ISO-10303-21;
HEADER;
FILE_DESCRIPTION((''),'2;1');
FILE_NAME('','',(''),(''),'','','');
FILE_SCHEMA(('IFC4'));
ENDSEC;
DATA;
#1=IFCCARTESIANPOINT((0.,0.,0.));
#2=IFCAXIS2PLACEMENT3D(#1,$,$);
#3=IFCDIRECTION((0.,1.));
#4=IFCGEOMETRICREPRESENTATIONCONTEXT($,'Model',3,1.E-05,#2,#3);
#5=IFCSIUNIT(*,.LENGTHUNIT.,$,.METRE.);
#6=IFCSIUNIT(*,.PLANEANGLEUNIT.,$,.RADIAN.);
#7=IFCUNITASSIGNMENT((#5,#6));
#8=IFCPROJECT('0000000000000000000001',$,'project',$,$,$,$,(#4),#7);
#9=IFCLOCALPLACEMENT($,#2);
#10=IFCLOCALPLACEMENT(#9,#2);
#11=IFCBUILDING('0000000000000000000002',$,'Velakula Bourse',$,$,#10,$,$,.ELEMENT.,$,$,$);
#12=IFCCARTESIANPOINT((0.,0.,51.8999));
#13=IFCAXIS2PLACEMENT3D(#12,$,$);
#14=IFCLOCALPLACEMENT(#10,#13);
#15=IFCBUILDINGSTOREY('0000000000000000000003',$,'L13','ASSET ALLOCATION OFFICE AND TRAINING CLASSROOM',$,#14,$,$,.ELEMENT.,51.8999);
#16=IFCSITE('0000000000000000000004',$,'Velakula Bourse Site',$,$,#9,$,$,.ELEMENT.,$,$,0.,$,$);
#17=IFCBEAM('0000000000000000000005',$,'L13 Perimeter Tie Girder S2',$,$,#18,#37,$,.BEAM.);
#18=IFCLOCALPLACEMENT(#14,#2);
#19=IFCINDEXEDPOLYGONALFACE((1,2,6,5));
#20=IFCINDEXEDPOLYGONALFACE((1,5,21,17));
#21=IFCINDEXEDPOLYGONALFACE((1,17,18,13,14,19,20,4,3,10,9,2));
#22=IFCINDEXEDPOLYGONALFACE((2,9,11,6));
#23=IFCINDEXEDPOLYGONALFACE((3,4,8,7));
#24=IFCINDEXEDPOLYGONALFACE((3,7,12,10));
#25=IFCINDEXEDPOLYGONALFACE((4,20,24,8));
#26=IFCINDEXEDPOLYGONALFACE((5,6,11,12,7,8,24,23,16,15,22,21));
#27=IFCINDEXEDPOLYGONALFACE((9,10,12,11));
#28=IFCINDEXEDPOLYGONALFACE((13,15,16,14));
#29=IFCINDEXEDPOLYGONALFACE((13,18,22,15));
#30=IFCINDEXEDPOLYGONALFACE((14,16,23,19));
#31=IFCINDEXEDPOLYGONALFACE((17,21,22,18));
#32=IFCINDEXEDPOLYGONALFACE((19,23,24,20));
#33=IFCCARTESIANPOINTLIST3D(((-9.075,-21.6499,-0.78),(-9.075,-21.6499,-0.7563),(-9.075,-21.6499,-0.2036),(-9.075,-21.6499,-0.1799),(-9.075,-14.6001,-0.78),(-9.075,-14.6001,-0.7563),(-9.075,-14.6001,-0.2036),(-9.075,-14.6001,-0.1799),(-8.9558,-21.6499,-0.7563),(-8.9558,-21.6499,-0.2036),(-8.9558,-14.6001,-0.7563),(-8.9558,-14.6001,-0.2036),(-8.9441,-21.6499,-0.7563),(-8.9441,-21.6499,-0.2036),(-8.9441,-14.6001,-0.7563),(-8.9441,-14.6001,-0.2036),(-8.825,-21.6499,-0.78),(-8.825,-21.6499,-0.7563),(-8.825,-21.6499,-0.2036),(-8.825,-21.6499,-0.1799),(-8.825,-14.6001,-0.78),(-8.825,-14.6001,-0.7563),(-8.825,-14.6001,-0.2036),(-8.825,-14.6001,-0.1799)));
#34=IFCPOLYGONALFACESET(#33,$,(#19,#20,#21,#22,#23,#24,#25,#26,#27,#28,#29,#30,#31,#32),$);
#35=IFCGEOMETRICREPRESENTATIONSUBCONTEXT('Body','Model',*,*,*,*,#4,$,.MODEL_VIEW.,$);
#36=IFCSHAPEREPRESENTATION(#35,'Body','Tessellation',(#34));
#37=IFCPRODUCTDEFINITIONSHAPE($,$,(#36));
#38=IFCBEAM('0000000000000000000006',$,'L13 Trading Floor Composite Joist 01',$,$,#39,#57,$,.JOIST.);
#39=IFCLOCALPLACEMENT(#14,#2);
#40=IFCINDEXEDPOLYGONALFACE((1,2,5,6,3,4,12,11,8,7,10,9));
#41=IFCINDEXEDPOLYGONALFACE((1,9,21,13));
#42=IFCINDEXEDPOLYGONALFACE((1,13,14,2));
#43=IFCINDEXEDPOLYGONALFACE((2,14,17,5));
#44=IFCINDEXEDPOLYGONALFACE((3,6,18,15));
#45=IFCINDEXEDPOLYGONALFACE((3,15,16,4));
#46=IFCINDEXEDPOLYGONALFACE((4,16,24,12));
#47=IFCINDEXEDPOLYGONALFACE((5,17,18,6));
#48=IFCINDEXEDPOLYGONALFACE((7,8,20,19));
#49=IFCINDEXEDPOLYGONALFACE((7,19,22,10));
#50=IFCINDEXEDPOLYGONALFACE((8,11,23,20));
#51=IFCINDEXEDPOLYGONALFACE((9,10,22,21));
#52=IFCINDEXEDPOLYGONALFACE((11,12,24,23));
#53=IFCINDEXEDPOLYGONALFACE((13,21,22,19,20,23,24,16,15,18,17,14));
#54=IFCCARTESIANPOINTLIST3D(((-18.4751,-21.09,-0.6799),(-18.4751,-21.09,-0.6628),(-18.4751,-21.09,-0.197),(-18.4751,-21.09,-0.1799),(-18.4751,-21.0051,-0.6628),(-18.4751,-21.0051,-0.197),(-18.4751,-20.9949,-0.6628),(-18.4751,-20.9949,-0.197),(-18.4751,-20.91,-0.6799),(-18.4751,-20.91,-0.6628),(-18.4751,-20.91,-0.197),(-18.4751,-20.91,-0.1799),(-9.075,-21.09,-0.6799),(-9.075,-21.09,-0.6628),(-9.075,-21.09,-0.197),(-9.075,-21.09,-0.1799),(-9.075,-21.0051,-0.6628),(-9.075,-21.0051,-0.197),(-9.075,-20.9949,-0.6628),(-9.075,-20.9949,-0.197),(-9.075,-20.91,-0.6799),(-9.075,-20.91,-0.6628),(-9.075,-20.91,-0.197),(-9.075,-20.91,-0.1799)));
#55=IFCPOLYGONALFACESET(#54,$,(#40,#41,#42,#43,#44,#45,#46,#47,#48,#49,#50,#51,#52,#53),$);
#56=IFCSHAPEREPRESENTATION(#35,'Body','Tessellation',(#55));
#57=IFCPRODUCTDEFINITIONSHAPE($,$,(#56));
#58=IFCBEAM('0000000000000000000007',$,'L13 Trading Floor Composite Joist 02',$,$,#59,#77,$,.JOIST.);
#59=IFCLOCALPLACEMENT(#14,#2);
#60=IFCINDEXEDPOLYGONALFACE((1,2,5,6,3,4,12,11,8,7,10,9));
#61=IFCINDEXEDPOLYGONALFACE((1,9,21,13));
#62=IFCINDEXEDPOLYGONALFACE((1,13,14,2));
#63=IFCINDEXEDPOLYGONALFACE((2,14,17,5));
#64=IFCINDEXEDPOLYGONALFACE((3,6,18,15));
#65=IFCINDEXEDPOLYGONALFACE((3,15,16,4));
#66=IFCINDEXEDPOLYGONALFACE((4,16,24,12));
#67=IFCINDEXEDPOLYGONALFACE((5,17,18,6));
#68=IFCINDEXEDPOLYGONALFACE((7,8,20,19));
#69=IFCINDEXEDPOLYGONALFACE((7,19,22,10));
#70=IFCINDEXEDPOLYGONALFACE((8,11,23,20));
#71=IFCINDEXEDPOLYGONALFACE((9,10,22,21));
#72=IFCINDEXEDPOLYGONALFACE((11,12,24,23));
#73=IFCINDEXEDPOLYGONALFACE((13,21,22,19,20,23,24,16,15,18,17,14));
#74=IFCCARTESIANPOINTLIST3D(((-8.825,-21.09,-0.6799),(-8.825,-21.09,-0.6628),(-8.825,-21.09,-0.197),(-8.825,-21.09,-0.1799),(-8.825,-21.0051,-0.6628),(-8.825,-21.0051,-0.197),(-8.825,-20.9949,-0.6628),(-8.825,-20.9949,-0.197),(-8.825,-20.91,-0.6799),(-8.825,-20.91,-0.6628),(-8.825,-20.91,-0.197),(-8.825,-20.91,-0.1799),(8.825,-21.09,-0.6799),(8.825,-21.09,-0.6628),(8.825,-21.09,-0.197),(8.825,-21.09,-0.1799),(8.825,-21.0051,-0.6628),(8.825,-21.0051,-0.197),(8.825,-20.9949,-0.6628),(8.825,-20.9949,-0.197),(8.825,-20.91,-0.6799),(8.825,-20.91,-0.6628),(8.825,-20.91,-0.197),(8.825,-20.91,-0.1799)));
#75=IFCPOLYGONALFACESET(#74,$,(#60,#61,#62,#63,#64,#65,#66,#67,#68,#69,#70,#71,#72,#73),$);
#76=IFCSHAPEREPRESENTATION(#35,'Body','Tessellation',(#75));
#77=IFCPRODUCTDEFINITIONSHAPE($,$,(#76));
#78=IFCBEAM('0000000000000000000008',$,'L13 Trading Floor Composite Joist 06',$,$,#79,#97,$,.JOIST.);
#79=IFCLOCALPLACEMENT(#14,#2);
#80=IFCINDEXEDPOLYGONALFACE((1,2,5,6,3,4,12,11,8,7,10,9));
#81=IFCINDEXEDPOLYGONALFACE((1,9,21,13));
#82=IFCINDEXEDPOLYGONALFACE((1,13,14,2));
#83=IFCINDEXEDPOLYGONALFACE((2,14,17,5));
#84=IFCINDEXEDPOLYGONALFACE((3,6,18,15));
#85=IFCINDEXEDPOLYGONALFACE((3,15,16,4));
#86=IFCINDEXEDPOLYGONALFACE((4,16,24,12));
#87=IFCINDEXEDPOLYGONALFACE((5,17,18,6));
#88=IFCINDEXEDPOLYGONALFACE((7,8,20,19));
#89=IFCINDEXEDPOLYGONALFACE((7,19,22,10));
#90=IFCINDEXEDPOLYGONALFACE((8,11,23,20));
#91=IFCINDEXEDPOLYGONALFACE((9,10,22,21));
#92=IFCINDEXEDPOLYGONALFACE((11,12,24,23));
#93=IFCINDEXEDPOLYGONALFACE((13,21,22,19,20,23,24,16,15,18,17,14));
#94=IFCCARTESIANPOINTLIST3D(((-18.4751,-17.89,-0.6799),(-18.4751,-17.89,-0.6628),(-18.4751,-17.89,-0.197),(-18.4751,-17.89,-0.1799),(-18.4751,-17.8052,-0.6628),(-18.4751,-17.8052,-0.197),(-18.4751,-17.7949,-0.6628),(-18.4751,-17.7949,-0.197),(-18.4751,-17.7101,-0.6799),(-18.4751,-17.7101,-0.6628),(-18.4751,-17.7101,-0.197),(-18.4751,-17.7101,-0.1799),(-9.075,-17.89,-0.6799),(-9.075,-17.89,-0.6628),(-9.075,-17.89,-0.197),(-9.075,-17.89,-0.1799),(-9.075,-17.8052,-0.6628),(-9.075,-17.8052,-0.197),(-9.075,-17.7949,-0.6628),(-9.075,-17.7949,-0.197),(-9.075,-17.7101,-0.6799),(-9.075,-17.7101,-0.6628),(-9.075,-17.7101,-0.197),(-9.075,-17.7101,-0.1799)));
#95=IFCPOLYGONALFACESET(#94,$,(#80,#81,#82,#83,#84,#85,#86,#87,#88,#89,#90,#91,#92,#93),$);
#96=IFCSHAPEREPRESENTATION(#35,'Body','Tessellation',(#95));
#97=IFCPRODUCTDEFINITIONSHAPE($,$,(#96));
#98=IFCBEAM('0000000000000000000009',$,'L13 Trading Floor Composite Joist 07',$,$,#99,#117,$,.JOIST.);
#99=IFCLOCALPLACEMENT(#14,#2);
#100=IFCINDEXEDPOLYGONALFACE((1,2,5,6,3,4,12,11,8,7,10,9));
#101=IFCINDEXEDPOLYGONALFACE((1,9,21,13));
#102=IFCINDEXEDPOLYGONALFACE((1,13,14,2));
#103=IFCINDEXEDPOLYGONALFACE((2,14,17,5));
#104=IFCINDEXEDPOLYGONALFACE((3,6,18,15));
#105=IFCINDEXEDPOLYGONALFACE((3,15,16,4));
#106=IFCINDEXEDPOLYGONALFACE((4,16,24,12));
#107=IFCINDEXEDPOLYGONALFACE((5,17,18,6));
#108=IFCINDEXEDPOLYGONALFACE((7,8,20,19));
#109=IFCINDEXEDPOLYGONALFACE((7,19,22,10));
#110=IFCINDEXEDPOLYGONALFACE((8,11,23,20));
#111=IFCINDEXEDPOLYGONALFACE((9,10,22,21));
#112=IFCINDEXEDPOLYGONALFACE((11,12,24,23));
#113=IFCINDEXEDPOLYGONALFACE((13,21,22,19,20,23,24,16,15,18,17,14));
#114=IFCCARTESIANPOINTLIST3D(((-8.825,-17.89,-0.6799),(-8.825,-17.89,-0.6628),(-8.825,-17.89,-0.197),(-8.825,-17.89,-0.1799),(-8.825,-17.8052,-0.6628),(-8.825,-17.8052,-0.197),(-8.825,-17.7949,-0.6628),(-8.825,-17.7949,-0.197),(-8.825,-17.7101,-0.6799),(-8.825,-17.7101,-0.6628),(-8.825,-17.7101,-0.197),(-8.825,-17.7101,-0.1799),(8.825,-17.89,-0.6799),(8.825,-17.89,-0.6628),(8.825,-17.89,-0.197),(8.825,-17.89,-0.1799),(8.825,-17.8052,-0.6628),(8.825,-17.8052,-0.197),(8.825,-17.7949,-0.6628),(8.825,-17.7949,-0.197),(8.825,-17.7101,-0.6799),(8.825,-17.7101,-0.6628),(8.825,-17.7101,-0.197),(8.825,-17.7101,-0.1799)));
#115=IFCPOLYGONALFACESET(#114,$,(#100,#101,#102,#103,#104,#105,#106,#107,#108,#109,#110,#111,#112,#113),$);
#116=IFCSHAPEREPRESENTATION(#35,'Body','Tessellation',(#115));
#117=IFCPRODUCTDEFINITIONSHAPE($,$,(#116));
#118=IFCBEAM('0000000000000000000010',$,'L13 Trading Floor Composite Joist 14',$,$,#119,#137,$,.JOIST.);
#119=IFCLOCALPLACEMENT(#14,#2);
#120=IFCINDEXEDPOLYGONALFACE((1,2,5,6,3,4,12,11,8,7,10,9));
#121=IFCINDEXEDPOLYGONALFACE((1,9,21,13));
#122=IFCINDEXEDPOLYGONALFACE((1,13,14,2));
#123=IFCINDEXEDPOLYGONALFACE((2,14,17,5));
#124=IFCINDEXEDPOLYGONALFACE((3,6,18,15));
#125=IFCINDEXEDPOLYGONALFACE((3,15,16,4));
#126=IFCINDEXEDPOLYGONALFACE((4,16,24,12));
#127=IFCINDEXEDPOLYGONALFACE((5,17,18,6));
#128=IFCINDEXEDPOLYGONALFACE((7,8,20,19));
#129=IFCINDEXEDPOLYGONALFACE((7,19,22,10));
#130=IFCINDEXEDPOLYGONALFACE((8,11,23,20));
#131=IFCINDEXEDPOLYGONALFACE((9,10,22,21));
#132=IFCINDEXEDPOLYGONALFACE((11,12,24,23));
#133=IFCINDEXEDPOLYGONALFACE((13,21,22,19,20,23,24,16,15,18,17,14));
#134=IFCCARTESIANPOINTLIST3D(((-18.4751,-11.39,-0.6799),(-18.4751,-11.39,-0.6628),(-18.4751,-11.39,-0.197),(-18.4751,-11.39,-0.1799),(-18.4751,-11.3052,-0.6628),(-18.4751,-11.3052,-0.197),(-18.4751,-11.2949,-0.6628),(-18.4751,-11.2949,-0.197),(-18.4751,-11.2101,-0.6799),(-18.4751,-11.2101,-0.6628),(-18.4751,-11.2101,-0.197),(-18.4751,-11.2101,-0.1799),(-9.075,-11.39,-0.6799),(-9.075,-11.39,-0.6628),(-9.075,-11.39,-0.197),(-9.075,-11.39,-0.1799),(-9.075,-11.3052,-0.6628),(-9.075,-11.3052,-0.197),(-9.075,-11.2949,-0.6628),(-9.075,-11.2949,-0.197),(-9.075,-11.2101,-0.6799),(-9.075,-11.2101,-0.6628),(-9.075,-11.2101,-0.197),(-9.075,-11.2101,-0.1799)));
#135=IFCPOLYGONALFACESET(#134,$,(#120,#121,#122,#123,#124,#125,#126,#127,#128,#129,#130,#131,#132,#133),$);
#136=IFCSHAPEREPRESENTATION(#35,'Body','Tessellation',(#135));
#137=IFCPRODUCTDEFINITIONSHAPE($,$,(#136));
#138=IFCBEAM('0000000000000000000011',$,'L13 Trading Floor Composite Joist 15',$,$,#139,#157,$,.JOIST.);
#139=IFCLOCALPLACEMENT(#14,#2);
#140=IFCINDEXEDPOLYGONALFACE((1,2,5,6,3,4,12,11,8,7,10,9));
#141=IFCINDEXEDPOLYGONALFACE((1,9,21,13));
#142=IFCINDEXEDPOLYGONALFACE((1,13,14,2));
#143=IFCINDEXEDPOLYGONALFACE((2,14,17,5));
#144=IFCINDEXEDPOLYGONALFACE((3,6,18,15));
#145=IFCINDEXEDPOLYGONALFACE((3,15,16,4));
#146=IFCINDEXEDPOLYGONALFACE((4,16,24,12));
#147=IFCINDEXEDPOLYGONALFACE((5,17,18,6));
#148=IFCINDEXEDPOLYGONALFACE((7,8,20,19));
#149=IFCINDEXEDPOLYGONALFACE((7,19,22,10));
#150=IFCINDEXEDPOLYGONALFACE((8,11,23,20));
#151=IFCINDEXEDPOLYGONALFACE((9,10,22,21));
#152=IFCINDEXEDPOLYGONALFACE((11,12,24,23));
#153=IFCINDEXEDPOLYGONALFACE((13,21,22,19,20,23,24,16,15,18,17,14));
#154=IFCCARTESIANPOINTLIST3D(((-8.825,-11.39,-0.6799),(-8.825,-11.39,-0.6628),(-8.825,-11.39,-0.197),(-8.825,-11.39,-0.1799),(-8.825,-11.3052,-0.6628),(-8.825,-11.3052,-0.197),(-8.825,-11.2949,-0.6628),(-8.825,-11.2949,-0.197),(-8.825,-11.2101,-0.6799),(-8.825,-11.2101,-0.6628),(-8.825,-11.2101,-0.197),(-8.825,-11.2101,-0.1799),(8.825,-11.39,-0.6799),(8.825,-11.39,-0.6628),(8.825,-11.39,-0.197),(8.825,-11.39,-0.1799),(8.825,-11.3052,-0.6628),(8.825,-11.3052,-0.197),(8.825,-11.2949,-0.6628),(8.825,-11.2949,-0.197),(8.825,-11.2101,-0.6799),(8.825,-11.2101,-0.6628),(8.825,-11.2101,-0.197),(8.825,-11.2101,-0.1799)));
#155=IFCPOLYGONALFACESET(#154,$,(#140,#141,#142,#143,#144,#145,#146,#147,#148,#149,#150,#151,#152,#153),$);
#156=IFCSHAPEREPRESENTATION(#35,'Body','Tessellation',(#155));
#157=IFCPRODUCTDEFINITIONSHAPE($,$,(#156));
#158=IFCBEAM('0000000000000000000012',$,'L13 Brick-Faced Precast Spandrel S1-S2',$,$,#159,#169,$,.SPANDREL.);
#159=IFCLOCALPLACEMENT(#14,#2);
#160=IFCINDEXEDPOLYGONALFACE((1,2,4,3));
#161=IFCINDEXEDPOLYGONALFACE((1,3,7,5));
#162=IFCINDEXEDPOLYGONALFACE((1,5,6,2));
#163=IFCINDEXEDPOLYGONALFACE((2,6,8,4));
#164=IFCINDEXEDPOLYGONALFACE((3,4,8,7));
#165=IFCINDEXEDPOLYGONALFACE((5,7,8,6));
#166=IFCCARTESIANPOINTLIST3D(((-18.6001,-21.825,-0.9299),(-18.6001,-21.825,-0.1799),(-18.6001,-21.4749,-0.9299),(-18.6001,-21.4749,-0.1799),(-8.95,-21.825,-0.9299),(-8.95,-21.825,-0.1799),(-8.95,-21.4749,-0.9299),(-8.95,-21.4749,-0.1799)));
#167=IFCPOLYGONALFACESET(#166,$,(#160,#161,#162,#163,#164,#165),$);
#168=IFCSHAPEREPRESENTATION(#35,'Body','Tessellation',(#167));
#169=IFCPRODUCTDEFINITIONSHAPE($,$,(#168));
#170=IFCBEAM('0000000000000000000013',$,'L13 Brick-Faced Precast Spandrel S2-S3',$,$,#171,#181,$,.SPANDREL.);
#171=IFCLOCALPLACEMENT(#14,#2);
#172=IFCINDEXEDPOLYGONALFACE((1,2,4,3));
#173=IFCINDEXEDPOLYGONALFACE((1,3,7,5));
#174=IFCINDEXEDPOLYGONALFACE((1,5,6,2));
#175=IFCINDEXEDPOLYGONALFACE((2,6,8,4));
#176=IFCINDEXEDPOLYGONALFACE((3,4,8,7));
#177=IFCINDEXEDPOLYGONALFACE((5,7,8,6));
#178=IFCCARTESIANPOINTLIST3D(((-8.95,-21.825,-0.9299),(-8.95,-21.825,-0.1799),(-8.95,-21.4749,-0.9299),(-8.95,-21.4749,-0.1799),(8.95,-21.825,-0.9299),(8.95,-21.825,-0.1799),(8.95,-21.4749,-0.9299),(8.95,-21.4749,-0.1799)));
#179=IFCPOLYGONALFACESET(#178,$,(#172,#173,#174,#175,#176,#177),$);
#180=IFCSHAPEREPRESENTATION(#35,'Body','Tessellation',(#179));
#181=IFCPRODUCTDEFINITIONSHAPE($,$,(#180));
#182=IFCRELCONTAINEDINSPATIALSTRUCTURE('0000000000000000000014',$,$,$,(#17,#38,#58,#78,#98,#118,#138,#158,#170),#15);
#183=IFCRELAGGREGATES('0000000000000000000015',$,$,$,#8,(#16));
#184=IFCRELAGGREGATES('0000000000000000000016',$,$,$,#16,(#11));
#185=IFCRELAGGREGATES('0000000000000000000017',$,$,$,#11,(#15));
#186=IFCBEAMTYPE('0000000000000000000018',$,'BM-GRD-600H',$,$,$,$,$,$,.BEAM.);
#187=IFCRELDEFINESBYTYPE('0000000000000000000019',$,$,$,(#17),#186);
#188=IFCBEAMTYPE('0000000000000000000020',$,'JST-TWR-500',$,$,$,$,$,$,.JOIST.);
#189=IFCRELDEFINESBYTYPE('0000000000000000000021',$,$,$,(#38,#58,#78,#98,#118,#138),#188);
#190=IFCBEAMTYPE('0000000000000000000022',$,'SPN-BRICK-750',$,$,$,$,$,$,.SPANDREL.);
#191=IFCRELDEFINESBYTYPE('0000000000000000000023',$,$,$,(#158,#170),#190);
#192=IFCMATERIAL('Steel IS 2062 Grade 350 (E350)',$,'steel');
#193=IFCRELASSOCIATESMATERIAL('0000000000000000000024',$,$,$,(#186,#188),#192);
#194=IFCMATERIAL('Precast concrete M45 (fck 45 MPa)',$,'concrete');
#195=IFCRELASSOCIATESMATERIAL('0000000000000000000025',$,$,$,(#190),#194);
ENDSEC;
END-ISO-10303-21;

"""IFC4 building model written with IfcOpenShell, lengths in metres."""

from ifc_helpers import new_model, si_unit, direction, frame, origin, origin_2d, place, context, subcontext, project, spatial, rectangle, i_section, extrude, material, material_profile, profile_set, type_object, element, save


model = new_model("IFC4")

# Units and contexts
model_context = context("Model", 3, precision=1e-05, world=origin(), true_north=direction((0.0, 1.0)))
body_context = subcontext(model_context, "Body", "Model", "MODEL_VIEW")
ifc_project = project(units=[si_unit("LENGTHUNIT", "METRE"), si_unit("PLANEANGLEUNIT", "RADIAN")], contexts=[model_context])

# Site, building, storey
site_placement = place(None, origin())
site = spatial("IfcSite", under=ifc_project, at=site_placement, Name="Velakula Bourse Site", CompositionType="ELEMENT", RefElevation=0.0)
building_placement = place(site_placement, origin())
building = spatial("IfcBuilding", under=site, at=building_placement, Name="Velakula Bourse", CompositionType="ELEMENT")
storey_placement = place(building_placement, frame((0.0, 0.0, 51.8999)))
storey = spatial("IfcBuildingStorey", under=building, at=storey_placement, Name="L13", Description="ASSET ALLOCATION OFFICE AND TRAINING CLASSROOM", CompositionType="ELEMENT", Elevation=51.8999)

# Beams
ifc_material_1 = material(Name="Steel IS 2062 Grade 350 (E350)", Category="steel")
ifc_material_profile_1 = material_profile(ifc_material_1, i_section(OverallWidth=0.25, OverallDepth=0.6001, WebThickness=0.0117, FlangeThickness=0.0237, at=origin_2d()), Name="Steel IS 2062 Grade 350 (E350)")
ifc_profile_set_1 = profile_set([ifc_material_profile_1], Name="Steel IS 2062 Grade 350 (E350)")
beam_type_1 = type_object("IfcBeamType", Name="BM-GRD-600H", PredefinedType="BEAM", material=ifc_profile_set_1)
for number, where, z_axis, x_axis, name in (
    (1, (-8.95, -14.6001, -0.48), (0.0, -1.0, 0.0), (1.0, 0.0, 0.0), "L13 Perimeter Tie Girder S2"),
):
    element("IfcBeam", number, at=place(storey_placement, frame(where, z_axis=z_axis, x_axis=x_axis)), inside=storey, type_object=beam_type_1, Name=name, PredefinedType="BEAM", context=body_context, shape_type="SweptSolid", body=[
        extrude(i_section(OverallWidth=0.25, OverallDepth=0.6001, WebThickness=0.0117, FlangeThickness=0.0237, at=origin_2d()), origin(), (0.0, 0.0, 1.0), 7.0498),
    ])
ifc_material_profile_2 = material_profile(ifc_material_1, i_section(OverallWidth=0.1799, OverallDepth=0.5, WebThickness=0.0103, FlangeThickness=0.0171, at=origin_2d()), Name="Steel IS 2062 Grade 350 (E350)")
ifc_profile_set_2 = profile_set([ifc_material_profile_2], Name="Steel IS 2062 Grade 350 (E350)")
beam_type_2 = type_object("IfcBeamType", Name="JST-TWR-500", PredefinedType="JOIST", material=ifc_profile_set_2)
beam_1_placement = place(storey_placement, frame((-18.4751, -21.0, -0.4299), z_axis=(1.0, 0.0, 0.0), x_axis=(0.0, 1.0, 0.0)))
element("IfcBeam", 2, at=beam_1_placement, inside=storey, type_object=beam_type_2, Name="L13 Trading Floor Composite Joist 01", PredefinedType="JOIST", context=body_context, shape_type="SweptSolid", body=[
    extrude(i_section(OverallWidth=0.1799, OverallDepth=0.5, WebThickness=0.0103, FlangeThickness=0.0171, at=origin_2d()), origin(), (0.0, 0.0, 1.0), 9.4001),
])
beam_2_placement = place(storey_placement, frame((-8.825, -21.0, -0.4299), z_axis=(1.0, 0.0, 0.0), x_axis=(0.0, 1.0, 0.0)))
element("IfcBeam", 3, at=beam_2_placement, inside=storey, type_object=beam_type_2, Name="L13 Trading Floor Composite Joist 02", PredefinedType="JOIST", context=body_context, shape_type="SweptSolid", body=[
    extrude(i_section(OverallWidth=0.1799, OverallDepth=0.5, WebThickness=0.0103, FlangeThickness=0.0171, at=origin_2d()), origin(), (0.0, 0.0, 1.0), 17.6499),
])
beam_3_placement = place(storey_placement, frame((-18.4751, -17.8, -0.4299), z_axis=(1.0, 0.0, 0.0), x_axis=(0.0, 1.0, 0.0)))
element("IfcBeam", 4, at=beam_3_placement, inside=storey, type_object=beam_type_2, Name="L13 Trading Floor Composite Joist 06", PredefinedType="JOIST", context=body_context, shape_type="SweptSolid", body=[
    extrude(i_section(OverallWidth=0.1799, OverallDepth=0.5, WebThickness=0.0103, FlangeThickness=0.0171, at=origin_2d()), origin(), (0.0, 0.0, 1.0), 9.4001),
])
beam_4_placement = place(storey_placement, frame((-8.825, -17.8, -0.4299), z_axis=(1.0, 0.0, 0.0), x_axis=(0.0, 1.0, 0.0)))
element("IfcBeam", 5, at=beam_4_placement, inside=storey, type_object=beam_type_2, Name="L13 Trading Floor Composite Joist 07", PredefinedType="JOIST", context=body_context, shape_type="SweptSolid", body=[
    extrude(i_section(OverallWidth=0.1799, OverallDepth=0.5, WebThickness=0.0103, FlangeThickness=0.0171, at=origin_2d()), origin(), (0.0, 0.0, 1.0), 17.6499),
])
beam_5_placement = place(storey_placement, frame((-18.4751, -11.3, -0.4299), z_axis=(1.0, 0.0, 0.0), x_axis=(0.0, 1.0, 0.0)))
element("IfcBeam", 6, at=beam_5_placement, inside=storey, type_object=beam_type_2, Name="L13 Trading Floor Composite Joist 14", PredefinedType="JOIST", context=body_context, shape_type="SweptSolid", body=[
    extrude(i_section(OverallWidth=0.1799, OverallDepth=0.5, WebThickness=0.0103, FlangeThickness=0.0171, at=origin_2d()), origin(), (0.0, 0.0, 1.0), 9.4001),
])
beam_6_placement = place(storey_placement, frame((-8.825, -11.3, -0.4299), z_axis=(1.0, 0.0, 0.0), x_axis=(0.0, 1.0, 0.0)))
element("IfcBeam", 7, at=beam_6_placement, inside=storey, type_object=beam_type_2, Name="L13 Trading Floor Composite Joist 15", PredefinedType="JOIST", context=body_context, shape_type="SweptSolid", body=[
    extrude(i_section(OverallWidth=0.1799, OverallDepth=0.5, WebThickness=0.0103, FlangeThickness=0.0171, at=origin_2d()), origin(), (0.0, 0.0, 1.0), 17.6499),
])
ifc_material_2 = material(Name="Precast concrete M45 (fck 45 MPa)", Category="concrete")
ifc_material_profile_3 = material_profile(ifc_material_2, rectangle(XDim=0.3501, YDim=0.75, at=origin_2d()), Name="Precast concrete M45 (fck 45 MPa)")
ifc_profile_set_3 = profile_set([ifc_material_profile_3], Name="Precast concrete M45 (fck 45 MPa)")
beam_type_3 = type_object("IfcBeamType", Name="SPN-BRICK-750", PredefinedType="SPANDREL", material=ifc_profile_set_3)
beam_7_placement = place(storey_placement, frame((-18.6001, -21.6499, -0.5549), z_axis=(1.0, 0.0, 0.0), x_axis=(0.0, 1.0, 0.0)))
element("IfcBeam", 8, at=beam_7_placement, inside=storey, type_object=beam_type_3, Name="L13 Brick-Faced Precast Spandrel S1-S2", PredefinedType="SPANDREL", context=body_context, shape_type="SweptSolid", body=[
    extrude(rectangle(XDim=0.3501, YDim=0.75, at=origin_2d()), origin(), (0.0, 0.0, 1.0), 9.6501),
])
beam_8_placement = place(storey_placement, frame((-8.95, -21.6499, -0.5549), z_axis=(1.0, 0.0, 0.0), x_axis=(0.0, 1.0, 0.0)))
element("IfcBeam", 9, at=beam_8_placement, inside=storey, type_object=beam_type_3, Name="L13 Brick-Faced Precast Spandrel S2-S3", PredefinedType="SPANDREL", context=body_context, shape_type="SweptSolid", body=[
    extrude(rectangle(XDim=0.3501, YDim=0.75, at=origin_2d()), origin(), (0.0, 0.0, 1.0), 17.8999),
])

save(model, "model.ifc")
